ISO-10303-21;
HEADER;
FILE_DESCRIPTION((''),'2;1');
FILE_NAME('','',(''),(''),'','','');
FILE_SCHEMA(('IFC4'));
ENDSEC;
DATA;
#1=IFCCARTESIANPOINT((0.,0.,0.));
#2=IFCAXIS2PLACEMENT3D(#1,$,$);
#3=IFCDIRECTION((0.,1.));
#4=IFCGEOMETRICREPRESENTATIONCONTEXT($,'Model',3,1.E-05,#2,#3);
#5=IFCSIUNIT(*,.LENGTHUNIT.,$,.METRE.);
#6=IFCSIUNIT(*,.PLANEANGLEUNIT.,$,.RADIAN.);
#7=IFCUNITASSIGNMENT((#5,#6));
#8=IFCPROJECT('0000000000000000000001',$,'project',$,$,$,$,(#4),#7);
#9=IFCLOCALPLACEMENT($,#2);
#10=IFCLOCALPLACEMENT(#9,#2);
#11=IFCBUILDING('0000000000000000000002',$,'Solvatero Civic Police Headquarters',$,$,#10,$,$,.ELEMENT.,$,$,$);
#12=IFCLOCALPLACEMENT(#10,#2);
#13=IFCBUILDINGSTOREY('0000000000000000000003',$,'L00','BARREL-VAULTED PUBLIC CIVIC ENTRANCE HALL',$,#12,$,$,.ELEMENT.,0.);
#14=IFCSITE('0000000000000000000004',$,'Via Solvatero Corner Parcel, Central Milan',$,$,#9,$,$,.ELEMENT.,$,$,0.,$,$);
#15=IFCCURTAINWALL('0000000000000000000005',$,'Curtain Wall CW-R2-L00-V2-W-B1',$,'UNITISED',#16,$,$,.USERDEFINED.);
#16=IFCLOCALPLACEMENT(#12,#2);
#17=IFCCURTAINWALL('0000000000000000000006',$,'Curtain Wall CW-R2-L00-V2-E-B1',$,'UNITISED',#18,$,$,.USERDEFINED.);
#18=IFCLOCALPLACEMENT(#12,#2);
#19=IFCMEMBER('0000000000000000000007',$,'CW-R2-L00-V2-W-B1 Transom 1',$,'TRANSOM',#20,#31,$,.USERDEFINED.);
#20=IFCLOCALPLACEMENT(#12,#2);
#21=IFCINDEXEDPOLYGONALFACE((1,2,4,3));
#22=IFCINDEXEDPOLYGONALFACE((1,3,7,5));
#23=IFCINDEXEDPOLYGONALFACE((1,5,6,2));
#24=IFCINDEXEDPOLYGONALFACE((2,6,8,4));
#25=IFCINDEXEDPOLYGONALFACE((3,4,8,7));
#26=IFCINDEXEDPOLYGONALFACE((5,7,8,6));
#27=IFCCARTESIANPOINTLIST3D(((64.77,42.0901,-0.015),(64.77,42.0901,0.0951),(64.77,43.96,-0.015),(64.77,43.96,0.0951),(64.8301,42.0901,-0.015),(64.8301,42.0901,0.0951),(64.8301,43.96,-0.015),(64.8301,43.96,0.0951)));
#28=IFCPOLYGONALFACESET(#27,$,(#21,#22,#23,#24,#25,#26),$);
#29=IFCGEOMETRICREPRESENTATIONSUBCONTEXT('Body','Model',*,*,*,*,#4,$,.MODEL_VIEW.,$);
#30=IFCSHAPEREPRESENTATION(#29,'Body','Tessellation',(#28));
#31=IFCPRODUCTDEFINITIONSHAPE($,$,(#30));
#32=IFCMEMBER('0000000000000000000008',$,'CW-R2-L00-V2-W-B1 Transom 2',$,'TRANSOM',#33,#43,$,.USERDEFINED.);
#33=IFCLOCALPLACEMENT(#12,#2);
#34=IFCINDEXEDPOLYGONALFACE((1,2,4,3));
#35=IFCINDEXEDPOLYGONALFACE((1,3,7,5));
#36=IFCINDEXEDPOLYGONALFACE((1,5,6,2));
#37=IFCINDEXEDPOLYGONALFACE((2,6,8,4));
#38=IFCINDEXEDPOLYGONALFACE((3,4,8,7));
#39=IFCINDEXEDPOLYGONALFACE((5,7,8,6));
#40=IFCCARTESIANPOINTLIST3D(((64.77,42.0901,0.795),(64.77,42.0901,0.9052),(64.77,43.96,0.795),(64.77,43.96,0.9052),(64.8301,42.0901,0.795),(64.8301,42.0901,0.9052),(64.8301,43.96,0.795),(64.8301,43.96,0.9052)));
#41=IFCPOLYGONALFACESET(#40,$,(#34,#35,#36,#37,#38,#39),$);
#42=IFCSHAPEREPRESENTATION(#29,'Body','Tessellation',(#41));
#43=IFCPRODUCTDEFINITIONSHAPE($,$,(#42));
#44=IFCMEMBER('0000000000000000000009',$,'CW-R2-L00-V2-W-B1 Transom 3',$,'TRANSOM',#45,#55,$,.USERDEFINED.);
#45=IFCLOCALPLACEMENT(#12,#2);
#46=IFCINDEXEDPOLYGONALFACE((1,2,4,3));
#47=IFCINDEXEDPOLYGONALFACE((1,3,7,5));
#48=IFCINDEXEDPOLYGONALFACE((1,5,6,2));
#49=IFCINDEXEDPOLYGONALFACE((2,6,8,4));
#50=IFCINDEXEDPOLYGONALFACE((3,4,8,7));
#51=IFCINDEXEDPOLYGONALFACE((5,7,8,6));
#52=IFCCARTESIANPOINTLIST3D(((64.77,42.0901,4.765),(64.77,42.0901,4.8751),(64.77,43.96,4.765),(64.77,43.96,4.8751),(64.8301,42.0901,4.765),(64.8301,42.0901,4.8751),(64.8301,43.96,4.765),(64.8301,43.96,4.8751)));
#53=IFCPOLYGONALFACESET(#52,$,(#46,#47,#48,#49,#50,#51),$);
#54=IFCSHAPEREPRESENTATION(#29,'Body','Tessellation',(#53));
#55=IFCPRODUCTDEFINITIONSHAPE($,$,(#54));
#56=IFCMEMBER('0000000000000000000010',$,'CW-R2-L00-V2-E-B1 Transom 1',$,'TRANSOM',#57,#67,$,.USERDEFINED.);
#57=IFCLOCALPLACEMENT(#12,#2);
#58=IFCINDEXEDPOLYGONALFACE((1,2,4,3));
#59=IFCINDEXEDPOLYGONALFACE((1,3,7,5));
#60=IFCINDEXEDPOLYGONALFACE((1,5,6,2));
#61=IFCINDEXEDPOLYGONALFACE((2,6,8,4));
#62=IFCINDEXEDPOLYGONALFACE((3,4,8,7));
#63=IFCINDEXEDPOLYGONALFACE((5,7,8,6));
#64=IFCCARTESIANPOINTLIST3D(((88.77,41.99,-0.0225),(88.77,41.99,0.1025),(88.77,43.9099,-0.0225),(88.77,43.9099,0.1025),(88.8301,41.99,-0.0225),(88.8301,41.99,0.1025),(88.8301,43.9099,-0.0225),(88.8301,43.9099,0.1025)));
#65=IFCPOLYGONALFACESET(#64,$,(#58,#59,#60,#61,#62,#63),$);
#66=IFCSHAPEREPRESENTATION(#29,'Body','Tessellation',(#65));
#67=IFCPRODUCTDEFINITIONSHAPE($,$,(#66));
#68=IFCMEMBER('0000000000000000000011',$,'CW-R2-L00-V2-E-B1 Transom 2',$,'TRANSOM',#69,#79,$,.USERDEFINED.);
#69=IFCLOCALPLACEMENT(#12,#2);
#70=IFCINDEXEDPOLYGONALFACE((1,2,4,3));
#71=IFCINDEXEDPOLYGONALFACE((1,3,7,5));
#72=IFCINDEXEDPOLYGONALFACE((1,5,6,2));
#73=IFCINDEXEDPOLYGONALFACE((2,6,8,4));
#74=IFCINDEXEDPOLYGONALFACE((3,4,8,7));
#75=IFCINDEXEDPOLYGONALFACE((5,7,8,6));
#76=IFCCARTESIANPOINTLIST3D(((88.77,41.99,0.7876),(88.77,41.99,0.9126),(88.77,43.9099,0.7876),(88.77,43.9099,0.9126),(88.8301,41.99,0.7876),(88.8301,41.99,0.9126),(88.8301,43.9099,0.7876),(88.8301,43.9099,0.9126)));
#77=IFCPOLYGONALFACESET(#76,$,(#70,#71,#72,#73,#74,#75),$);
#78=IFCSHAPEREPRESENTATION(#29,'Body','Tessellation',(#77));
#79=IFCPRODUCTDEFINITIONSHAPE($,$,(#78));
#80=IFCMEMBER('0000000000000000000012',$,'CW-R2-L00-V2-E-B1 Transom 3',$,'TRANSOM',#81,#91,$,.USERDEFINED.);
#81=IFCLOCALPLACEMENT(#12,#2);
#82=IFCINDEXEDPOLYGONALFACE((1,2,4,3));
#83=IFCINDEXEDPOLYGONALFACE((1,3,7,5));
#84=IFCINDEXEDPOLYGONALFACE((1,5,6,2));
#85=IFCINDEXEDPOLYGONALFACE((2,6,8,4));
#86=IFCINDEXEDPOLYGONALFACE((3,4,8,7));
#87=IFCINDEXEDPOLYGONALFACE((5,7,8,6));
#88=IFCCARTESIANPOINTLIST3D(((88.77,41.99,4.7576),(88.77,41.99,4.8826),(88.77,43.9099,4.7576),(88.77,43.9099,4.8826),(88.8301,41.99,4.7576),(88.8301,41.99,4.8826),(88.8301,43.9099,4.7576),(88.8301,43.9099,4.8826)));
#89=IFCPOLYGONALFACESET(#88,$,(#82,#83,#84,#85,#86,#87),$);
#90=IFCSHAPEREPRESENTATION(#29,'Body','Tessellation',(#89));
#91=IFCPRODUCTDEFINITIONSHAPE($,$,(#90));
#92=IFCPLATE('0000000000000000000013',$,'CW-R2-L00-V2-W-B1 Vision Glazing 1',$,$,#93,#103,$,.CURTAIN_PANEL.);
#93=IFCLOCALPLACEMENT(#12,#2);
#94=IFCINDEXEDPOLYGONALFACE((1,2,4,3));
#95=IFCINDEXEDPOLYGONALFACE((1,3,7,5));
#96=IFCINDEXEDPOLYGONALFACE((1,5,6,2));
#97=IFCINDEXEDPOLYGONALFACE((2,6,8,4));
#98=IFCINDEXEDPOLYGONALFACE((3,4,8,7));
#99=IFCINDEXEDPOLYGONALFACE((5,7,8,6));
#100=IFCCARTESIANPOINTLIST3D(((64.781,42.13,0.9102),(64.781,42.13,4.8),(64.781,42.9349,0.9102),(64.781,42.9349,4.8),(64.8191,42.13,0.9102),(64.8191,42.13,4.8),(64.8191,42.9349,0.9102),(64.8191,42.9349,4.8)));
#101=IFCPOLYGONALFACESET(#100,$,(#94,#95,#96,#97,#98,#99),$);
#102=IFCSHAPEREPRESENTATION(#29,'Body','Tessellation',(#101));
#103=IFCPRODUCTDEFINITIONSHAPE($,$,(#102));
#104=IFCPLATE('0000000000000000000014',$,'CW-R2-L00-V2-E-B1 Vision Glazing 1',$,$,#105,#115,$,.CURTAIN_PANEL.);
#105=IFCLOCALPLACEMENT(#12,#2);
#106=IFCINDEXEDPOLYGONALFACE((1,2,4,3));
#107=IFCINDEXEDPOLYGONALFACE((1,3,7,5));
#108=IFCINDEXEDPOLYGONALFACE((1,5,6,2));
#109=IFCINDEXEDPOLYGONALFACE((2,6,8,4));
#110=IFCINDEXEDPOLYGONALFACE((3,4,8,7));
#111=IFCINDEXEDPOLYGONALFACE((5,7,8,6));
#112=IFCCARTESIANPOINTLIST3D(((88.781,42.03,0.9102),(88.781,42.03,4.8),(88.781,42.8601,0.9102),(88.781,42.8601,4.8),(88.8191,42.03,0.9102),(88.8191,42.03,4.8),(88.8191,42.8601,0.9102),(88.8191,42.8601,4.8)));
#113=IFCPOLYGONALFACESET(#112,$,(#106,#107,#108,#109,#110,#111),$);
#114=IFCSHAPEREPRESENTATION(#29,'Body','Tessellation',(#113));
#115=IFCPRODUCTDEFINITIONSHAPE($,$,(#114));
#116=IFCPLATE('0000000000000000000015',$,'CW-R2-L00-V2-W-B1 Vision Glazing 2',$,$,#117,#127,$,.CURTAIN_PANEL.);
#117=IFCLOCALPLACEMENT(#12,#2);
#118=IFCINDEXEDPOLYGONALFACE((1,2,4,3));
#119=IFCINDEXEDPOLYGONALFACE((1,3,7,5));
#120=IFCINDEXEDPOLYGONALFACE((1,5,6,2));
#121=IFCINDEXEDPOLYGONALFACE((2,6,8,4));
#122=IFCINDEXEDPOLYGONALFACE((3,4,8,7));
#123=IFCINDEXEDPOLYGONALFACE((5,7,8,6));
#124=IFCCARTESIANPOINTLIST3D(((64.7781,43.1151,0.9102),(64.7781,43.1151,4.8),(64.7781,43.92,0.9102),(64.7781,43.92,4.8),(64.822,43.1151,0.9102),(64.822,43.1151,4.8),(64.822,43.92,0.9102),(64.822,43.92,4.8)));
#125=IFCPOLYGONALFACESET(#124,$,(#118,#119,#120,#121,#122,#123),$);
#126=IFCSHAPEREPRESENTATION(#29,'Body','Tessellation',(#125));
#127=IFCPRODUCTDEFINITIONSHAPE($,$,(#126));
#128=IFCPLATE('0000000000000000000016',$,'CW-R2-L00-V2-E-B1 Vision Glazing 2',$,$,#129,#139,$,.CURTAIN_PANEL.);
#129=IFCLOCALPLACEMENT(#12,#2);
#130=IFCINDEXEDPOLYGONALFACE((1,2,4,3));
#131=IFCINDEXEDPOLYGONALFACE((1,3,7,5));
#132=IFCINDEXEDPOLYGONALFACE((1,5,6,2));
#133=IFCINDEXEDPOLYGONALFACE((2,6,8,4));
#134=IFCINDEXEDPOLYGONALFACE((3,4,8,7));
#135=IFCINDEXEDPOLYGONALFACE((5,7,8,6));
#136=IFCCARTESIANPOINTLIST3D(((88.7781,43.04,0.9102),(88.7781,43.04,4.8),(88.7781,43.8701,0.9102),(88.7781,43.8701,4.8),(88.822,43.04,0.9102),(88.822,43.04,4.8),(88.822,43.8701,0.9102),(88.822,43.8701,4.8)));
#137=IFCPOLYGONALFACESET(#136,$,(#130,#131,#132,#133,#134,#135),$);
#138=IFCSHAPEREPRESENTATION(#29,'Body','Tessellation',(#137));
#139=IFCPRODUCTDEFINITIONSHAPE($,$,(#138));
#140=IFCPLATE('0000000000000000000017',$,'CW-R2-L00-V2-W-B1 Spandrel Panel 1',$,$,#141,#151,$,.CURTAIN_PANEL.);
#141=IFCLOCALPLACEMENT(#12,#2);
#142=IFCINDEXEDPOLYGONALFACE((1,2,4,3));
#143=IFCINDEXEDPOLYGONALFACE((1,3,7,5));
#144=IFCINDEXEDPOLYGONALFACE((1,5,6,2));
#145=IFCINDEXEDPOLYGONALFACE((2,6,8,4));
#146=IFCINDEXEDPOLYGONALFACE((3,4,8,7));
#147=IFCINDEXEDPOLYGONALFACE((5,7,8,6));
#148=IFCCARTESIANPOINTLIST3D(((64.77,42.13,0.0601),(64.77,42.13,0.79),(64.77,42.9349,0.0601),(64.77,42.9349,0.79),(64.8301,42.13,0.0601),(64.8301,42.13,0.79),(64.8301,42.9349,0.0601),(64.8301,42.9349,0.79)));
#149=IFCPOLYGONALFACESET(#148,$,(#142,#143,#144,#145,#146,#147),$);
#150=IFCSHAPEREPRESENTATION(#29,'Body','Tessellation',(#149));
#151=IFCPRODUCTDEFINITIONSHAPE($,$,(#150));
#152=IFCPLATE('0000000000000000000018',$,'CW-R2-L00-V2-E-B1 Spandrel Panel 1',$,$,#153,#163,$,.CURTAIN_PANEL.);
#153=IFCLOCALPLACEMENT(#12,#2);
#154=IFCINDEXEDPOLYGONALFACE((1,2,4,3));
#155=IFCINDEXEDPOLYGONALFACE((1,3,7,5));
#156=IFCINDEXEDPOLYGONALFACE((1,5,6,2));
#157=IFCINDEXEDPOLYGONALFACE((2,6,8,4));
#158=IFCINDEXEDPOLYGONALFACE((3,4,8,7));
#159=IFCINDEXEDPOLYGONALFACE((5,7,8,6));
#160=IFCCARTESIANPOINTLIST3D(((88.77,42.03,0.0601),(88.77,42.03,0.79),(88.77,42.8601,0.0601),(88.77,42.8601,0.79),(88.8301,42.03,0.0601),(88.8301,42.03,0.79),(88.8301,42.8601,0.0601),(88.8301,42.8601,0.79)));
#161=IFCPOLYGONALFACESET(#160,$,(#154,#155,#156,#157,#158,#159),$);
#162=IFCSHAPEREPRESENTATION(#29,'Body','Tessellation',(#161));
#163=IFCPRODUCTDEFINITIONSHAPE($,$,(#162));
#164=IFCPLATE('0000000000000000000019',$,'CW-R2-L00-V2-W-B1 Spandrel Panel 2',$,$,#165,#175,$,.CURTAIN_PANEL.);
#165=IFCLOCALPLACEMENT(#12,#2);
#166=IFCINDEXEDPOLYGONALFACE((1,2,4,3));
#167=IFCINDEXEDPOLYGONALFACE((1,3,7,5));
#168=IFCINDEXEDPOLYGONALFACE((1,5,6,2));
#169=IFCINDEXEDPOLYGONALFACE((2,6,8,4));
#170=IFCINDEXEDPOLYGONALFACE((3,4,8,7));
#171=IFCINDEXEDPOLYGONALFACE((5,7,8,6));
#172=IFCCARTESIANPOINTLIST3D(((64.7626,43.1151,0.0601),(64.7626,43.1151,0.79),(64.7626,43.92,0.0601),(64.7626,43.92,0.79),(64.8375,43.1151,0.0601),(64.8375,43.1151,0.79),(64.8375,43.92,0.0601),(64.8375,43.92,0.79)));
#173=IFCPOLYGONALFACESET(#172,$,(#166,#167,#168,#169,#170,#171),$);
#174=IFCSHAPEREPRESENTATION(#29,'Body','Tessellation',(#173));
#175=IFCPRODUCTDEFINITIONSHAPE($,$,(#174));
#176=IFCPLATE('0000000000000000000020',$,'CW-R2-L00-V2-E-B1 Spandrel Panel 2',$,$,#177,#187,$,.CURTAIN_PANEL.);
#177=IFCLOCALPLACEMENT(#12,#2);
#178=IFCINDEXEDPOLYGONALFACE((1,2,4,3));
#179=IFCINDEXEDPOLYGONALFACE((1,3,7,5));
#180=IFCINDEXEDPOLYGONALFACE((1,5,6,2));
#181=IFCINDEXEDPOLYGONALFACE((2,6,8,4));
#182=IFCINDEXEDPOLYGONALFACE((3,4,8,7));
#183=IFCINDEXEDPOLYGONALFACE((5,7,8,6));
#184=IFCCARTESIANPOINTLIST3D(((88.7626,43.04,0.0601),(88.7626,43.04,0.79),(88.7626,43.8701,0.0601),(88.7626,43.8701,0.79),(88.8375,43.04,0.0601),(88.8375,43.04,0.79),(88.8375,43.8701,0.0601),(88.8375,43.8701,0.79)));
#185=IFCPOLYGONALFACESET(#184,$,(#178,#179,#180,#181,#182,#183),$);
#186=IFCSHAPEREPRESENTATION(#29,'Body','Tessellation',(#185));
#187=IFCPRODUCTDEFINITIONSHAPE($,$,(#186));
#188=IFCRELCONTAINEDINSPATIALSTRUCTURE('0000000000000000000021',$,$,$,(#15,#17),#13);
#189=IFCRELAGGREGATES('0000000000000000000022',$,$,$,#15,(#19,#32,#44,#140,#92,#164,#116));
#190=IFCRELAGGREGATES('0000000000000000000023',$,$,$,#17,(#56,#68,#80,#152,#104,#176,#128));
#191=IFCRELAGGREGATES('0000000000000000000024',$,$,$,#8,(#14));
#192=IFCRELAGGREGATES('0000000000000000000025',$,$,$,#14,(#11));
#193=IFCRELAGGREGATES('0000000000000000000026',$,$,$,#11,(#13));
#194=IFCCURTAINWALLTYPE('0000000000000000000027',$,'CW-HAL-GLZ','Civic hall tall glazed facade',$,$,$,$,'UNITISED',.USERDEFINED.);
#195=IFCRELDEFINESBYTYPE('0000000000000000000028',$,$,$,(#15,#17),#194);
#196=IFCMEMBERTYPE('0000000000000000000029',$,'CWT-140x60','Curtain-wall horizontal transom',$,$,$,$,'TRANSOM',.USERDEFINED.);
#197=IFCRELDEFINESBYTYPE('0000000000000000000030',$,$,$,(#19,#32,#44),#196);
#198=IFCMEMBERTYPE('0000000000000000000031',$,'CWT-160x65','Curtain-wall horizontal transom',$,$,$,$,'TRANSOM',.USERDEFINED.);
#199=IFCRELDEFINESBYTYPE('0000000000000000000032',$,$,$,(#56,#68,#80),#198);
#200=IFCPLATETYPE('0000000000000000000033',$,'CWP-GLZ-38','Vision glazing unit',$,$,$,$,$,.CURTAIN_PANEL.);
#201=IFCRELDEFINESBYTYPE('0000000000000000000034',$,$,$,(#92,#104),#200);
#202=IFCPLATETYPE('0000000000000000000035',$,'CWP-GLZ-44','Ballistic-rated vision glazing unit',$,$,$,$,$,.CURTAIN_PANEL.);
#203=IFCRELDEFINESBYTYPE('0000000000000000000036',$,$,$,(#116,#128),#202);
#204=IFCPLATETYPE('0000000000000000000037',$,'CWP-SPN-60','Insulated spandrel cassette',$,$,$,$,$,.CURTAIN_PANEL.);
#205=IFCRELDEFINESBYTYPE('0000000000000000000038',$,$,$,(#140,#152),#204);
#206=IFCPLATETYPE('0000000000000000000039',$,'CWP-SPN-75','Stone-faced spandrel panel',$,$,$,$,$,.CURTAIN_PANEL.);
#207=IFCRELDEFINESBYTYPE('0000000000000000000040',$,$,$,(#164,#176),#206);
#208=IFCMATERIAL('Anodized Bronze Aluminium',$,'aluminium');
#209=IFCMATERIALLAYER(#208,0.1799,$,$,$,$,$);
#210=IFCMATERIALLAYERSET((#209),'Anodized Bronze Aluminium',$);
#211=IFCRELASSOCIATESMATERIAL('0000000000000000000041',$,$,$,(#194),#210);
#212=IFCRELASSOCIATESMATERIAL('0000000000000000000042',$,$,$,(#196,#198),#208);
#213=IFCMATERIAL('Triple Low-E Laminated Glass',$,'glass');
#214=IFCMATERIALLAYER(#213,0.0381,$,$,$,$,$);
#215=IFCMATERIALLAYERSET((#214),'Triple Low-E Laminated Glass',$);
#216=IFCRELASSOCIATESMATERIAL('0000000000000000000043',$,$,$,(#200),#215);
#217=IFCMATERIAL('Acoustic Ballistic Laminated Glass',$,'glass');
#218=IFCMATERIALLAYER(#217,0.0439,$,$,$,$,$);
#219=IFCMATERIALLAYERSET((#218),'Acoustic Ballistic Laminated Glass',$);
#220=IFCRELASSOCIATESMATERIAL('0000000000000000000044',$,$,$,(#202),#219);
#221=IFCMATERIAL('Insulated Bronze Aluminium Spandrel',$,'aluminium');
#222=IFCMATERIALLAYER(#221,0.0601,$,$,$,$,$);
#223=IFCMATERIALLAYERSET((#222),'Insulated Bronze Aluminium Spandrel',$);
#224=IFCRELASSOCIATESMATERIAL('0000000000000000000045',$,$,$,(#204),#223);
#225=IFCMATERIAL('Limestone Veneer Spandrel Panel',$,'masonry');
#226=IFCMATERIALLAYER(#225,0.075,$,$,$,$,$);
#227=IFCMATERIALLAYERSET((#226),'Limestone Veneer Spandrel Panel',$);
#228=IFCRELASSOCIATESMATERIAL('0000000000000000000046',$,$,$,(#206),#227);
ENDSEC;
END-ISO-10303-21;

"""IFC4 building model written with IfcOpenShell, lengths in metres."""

from ifc_helpers import new_model, si_unit, direction, frame, origin, origin_2d, place, context, subcontext, project, spatial, rectangle, extrude, material, layer, layer_set, material_profile, profile_set, type_object, element, aggregate, save


model = new_model("IFC4")

# Units and contexts
model_context = context("Model", 3, precision=1e-05, world=origin(), true_north=direction((0.0, 1.0)))
body_context = subcontext(model_context, "Body", "Model", "MODEL_VIEW")
ifc_project = project(units=[si_unit("LENGTHUNIT", "METRE"), si_unit("PLANEANGLEUNIT", "RADIAN")], contexts=[model_context])

# Site, building, storey
site_placement = place(None, origin())
site = spatial("IfcSite", under=ifc_project, at=site_placement, Name="Via Solvatero Corner Parcel, Central Milan", CompositionType="ELEMENT", RefElevation=0.0)
building_placement = place(site_placement, origin())
building = spatial("IfcBuilding", under=site, at=building_placement, Name="Solvatero Civic Police Headquarters", CompositionType="ELEMENT")
storey_placement = place(building_placement, origin())
storey = spatial("IfcBuildingStorey", under=building, at=storey_placement, Name="L00", Description="BARREL-VAULTED PUBLIC CIVIC ENTRANCE HALL", CompositionType="ELEMENT", Elevation=0.0)

# Curtain walls
ifc_material_1 = material(Name="Anodized Bronze Aluminium", Category="aluminium")
ifc_layer_1 = layer(ifc_material_1, 0.1799)
ifc_layer_set_1 = layer_set([ifc_layer_1], Name="Anodized Bronze Aluminium")
curtain_wall_type = type_object("IfcCurtainWallType", Name="CW-HAL-GLZ", Description="Civic hall tall glazed facade", ElementType="UNITISED", PredefinedType="USERDEFINED", material=ifc_layer_set_1)
curtain_wall_1_placement = place(storey_placement, origin())
curtain_wall_1 = element("IfcCurtainWall", 1, at=curtain_wall_1_placement, inside=storey, type_object=curtain_wall_type, Name="Curtain Wall CW-R2-L00-V2-W-B1", ObjectType="UNITISED", PredefinedType="USERDEFINED")
curtain_wall_2_placement = place(storey_placement, origin())
curtain_wall_2 = element("IfcCurtainWall", 2, at=curtain_wall_2_placement, inside=storey, type_object=curtain_wall_type, Name="Curtain Wall CW-R2-L00-V2-E-B1", ObjectType="UNITISED", PredefinedType="USERDEFINED")

# Members
ifc_material_profile_1 = material_profile(ifc_material_1, rectangle(XDim=0.0601, YDim=0.1101, at=origin_2d()), Name="ALU TRANSOM 60x110")
ifc_profile_set_1 = profile_set([ifc_material_profile_1], Name="Anodized Bronze Aluminium")
member_type_1 = type_object("IfcMemberType", Name="CWT-140x60", Description="Curtain-wall horizontal transom", ElementType="TRANSOM", PredefinedType="USERDEFINED", material=ifc_profile_set_1)
member_1_placement = place(storey_placement, frame((64.8, 42.0901, 0.04), z_axis=(0.0, 1.0, 0.0), x_axis=(-1.0, 0.0, 0.0)))
member_1 = element("IfcMember", 3, at=member_1_placement, type_object=member_type_1, Name="CW-R2-L00-V2-W-B1 Transom 1", ObjectType="TRANSOM", PredefinedType="USERDEFINED", context=body_context, shape_type="SweptSolid", body=[
    extrude(rectangle(XDim=0.0601, YDim=0.1101, at=origin_2d()), origin(), (0.0, 0.0, 1.0), 1.8699),
])
member_2_placement = place(storey_placement, frame((64.8, 42.0901, 0.8501), z_axis=(0.0, 1.0, 0.0), x_axis=(-1.0, 0.0, 0.0)))
member_2 = element("IfcMember", 4, at=member_2_placement, type_object=member_type_1, Name="CW-R2-L00-V2-W-B1 Transom 2", ObjectType="TRANSOM", PredefinedType="USERDEFINED", context=body_context, shape_type="SweptSolid", body=[
    extrude(rectangle(XDim=0.0601, YDim=0.1101, at=origin_2d()), origin(), (0.0, 0.0, 1.0), 1.8699),
])
member_3_placement = place(storey_placement, frame((64.8, 42.0901, 4.8201), z_axis=(0.0, 1.0, 0.0), x_axis=(-1.0, 0.0, 0.0)))
member_3 = element("IfcMember", 5, at=member_3_placement, type_object=member_type_1, Name="CW-R2-L00-V2-W-B1 Transom 3", ObjectType="TRANSOM", PredefinedType="USERDEFINED", context=body_context, shape_type="SweptSolid", body=[
    extrude(rectangle(XDim=0.0601, YDim=0.1101, at=origin_2d()), origin(), (0.0, 0.0, 1.0), 1.8699),
])
ifc_material_profile_2 = material_profile(ifc_material_1, rectangle(XDim=0.0601, YDim=0.125, at=origin_2d()), Name="ALU TRANSOM 60x125")
ifc_profile_set_2 = profile_set([ifc_material_profile_2], Name="Anodized Bronze Aluminium")
member_type_2 = type_object("IfcMemberType", Name="CWT-160x65", Description="Curtain-wall horizontal transom", ElementType="TRANSOM", PredefinedType="USERDEFINED", material=ifc_profile_set_2)
member_4_placement = place(storey_placement, frame((88.8, 41.99, 0.04), z_axis=(0.0, 1.0, 0.0), x_axis=(-1.0, 0.0, 0.0)))
member_4 = element("IfcMember", 6, at=member_4_placement, type_object=member_type_2, Name="CW-R2-L00-V2-E-B1 Transom 1", ObjectType="TRANSOM", PredefinedType="USERDEFINED", context=body_context, shape_type="SweptSolid", body=[
    extrude(rectangle(XDim=0.0601, YDim=0.125, at=origin_2d()), origin(), (0.0, 0.0, 1.0), 1.9199),
])
member_5_placement = place(storey_placement, frame((88.8, 41.99, 0.8501), z_axis=(0.0, 1.0, 0.0), x_axis=(-1.0, 0.0, 0.0)))
member_5 = element("IfcMember", 7, at=member_5_placement, type_object=member_type_2, Name="CW-R2-L00-V2-E-B1 Transom 2", ObjectType="TRANSOM", PredefinedType="USERDEFINED", context=body_context, shape_type="SweptSolid", body=[
    extrude(rectangle(XDim=0.0601, YDim=0.125, at=origin_2d()), origin(), (0.0, 0.0, 1.0), 1.9199),
])
member_6_placement = place(storey_placement, frame((88.8, 41.99, 4.8201), z_axis=(0.0, 1.0, 0.0), x_axis=(-1.0, 0.0, 0.0)))
member_6 = element("IfcMember", 8, at=member_6_placement, type_object=member_type_2, Name="CW-R2-L00-V2-E-B1 Transom 3", ObjectType="TRANSOM", PredefinedType="USERDEFINED", context=body_context, shape_type="SweptSolid", body=[
    extrude(rectangle(XDim=0.0601, YDim=0.125, at=origin_2d()), origin(), (0.0, 0.0, 1.0), 1.9199),
])

# Plates
ifc_material_2 = material(Name="Triple Low-E Laminated Glass", Category="glass")
ifc_layer_2 = layer(ifc_material_2, 0.0381)
ifc_layer_set_2 = layer_set([ifc_layer_2], Name="Triple Low-E Laminated Glass")
plate_type_1 = type_object("IfcPlateType", Name="CWP-GLZ-38", Description="Vision glazing unit", PredefinedType="CURTAIN_PANEL", material=ifc_layer_set_2)
plate_1_placement = place(storey_placement, frame((64.8, 42.5325, 0.9102), z_axis=(0.0, 0.0, 1.0), x_axis=(0.0, 1.0, 0.0)))
plate_1 = element("IfcPlate", 9, at=plate_1_placement, type_object=plate_type_1, Name="CW-R2-L00-V2-W-B1 Vision Glazing 1", PredefinedType="CURTAIN_PANEL", context=body_context, shape_type="SweptSolid", body=[
    extrude(rectangle(XDim=0.8049, YDim=0.0381, at=origin_2d()), origin(), (0.0, 0.0, 1.0), 3.8899),
])
plate_2_placement = place(storey_placement, frame((88.8, 42.4451, 0.9102), z_axis=(0.0, 0.0, 1.0), x_axis=(0.0, 1.0, 0.0)))
plate_2 = element("IfcPlate", 10, at=plate_2_placement, type_object=plate_type_1, Name="CW-R2-L00-V2-E-B1 Vision Glazing 1", PredefinedType="CURTAIN_PANEL", context=body_context, shape_type="SweptSolid", body=[
    extrude(rectangle(XDim=0.8301, YDim=0.0381, at=origin_2d()), origin(), (0.0, 0.0, 1.0), 3.8899),
])
ifc_material_3 = material(Name="Acoustic Ballistic Laminated Glass", Category="glass")
ifc_layer_3 = layer(ifc_material_3, 0.0439)
ifc_layer_set_3 = layer_set([ifc_layer_3], Name="Acoustic Ballistic Laminated Glass")
plate_type_2 = type_object("IfcPlateType", Name="CWP-GLZ-44", Description="Ballistic-rated vision glazing unit", PredefinedType="CURTAIN_PANEL", material=ifc_layer_set_3)
plate_3_placement = place(storey_placement, frame((64.8, 43.5176, 0.9102), z_axis=(0.0, 0.0, 1.0), x_axis=(0.0, 1.0, 0.0)))
plate_3 = element("IfcPlate", 11, at=plate_3_placement, type_object=plate_type_2, Name="CW-R2-L00-V2-W-B1 Vision Glazing 2", PredefinedType="CURTAIN_PANEL", context=body_context, shape_type="SweptSolid", body=[
    extrude(rectangle(XDim=0.8049, YDim=0.0439, at=origin_2d()), origin(), (0.0, 0.0, 1.0), 3.8899),
])
plate_4_placement = place(storey_placement, frame((88.8, 43.4551, 0.9102), z_axis=(0.0, 0.0, 1.0), x_axis=(0.0, 1.0, 0.0)))
plate_4 = element("IfcPlate", 12, at=plate_4_placement, type_object=plate_type_2, Name="CW-R2-L00-V2-E-B1 Vision Glazing 2", PredefinedType="CURTAIN_PANEL", context=body_context, shape_type="SweptSolid", body=[
    extrude(rectangle(XDim=0.8301, YDim=0.0439, at=origin_2d()), origin(), (0.0, 0.0, 1.0), 3.8899),
])
ifc_material_4 = material(Name="Insulated Bronze Aluminium Spandrel", Category="aluminium")
ifc_layer_4 = layer(ifc_material_4, 0.0601)
ifc_layer_set_4 = layer_set([ifc_layer_4], Name="Insulated Bronze Aluminium Spandrel")
plate_type_3 = type_object("IfcPlateType", Name="CWP-SPN-60", Description="Insulated spandrel cassette", PredefinedType="CURTAIN_PANEL", material=ifc_layer_set_4)
plate_5_placement = place(storey_placement, frame((64.8, 42.5325, 0.0601), z_axis=(0.0, 0.0, 1.0), x_axis=(0.0, 1.0, 0.0)))
plate_5 = element("IfcPlate", 13, at=plate_5_placement, type_object=plate_type_3, Name="CW-R2-L00-V2-W-B1 Spandrel Panel 1", PredefinedType="CURTAIN_PANEL", context=body_context, shape_type="SweptSolid", body=[
    extrude(rectangle(XDim=0.8049, YDim=0.0601, at=origin_2d()), origin(), (0.0, 0.0, 1.0), 0.73),
])
plate_6_placement = place(storey_placement, frame((88.8, 42.4451, 0.0601), z_axis=(0.0, 0.0, 1.0), x_axis=(0.0, 1.0, 0.0)))
plate_6 = element("IfcPlate", 14, at=plate_6_placement, type_object=plate_type_3, Name="CW-R2-L00-V2-E-B1 Spandrel Panel 1", PredefinedType="CURTAIN_PANEL", context=body_context, shape_type="SweptSolid", body=[
    extrude(rectangle(XDim=0.8301, YDim=0.0601, at=origin_2d()), origin(), (0.0, 0.0, 1.0), 0.73),
])
ifc_material_5 = material(Name="Limestone Veneer Spandrel Panel", Category="masonry")
ifc_layer_5 = layer(ifc_material_5, 0.075)
ifc_layer_set_5 = layer_set([ifc_layer_5], Name="Limestone Veneer Spandrel Panel")
plate_type_4 = type_object("IfcPlateType", Name="CWP-SPN-75", Description="Stone-faced spandrel panel", PredefinedType="CURTAIN_PANEL", material=ifc_layer_set_5)
plate_7_placement = place(storey_placement, frame((64.8, 43.5176, 0.0601), z_axis=(0.0, 0.0, 1.0), x_axis=(0.0, 1.0, 0.0)))
plate_7 = element("IfcPlate", 15, at=plate_7_placement, type_object=plate_type_4, Name="CW-R2-L00-V2-W-B1 Spandrel Panel 2", PredefinedType="CURTAIN_PANEL", context=body_context, shape_type="SweptSolid", body=[
    extrude(rectangle(XDim=0.8049, YDim=0.075, at=origin_2d()), origin(), (0.0, 0.0, 1.0), 0.73),
])
aggregate(curtain_wall_1, [member_1, member_2, member_3, plate_5, plate_1, plate_7, plate_3])
plate_8_placement = place(storey_placement, frame((88.8, 43.4551, 0.0601), z_axis=(0.0, 0.0, 1.0), x_axis=(0.0, 1.0, 0.0)))
plate_8 = element("IfcPlate", 16, at=plate_8_placement, type_object=plate_type_4, Name="CW-R2-L00-V2-E-B1 Spandrel Panel 2", PredefinedType="CURTAIN_PANEL", context=body_context, shape_type="SweptSolid", body=[
    extrude(rectangle(XDim=0.8301, YDim=0.075, at=origin_2d()), origin(), (0.0, 0.0, 1.0), 0.73),
])
aggregate(curtain_wall_2, [member_4, member_5, member_6, plate_6, plate_2, plate_8, plate_4])

save(model, "model.ifc")
